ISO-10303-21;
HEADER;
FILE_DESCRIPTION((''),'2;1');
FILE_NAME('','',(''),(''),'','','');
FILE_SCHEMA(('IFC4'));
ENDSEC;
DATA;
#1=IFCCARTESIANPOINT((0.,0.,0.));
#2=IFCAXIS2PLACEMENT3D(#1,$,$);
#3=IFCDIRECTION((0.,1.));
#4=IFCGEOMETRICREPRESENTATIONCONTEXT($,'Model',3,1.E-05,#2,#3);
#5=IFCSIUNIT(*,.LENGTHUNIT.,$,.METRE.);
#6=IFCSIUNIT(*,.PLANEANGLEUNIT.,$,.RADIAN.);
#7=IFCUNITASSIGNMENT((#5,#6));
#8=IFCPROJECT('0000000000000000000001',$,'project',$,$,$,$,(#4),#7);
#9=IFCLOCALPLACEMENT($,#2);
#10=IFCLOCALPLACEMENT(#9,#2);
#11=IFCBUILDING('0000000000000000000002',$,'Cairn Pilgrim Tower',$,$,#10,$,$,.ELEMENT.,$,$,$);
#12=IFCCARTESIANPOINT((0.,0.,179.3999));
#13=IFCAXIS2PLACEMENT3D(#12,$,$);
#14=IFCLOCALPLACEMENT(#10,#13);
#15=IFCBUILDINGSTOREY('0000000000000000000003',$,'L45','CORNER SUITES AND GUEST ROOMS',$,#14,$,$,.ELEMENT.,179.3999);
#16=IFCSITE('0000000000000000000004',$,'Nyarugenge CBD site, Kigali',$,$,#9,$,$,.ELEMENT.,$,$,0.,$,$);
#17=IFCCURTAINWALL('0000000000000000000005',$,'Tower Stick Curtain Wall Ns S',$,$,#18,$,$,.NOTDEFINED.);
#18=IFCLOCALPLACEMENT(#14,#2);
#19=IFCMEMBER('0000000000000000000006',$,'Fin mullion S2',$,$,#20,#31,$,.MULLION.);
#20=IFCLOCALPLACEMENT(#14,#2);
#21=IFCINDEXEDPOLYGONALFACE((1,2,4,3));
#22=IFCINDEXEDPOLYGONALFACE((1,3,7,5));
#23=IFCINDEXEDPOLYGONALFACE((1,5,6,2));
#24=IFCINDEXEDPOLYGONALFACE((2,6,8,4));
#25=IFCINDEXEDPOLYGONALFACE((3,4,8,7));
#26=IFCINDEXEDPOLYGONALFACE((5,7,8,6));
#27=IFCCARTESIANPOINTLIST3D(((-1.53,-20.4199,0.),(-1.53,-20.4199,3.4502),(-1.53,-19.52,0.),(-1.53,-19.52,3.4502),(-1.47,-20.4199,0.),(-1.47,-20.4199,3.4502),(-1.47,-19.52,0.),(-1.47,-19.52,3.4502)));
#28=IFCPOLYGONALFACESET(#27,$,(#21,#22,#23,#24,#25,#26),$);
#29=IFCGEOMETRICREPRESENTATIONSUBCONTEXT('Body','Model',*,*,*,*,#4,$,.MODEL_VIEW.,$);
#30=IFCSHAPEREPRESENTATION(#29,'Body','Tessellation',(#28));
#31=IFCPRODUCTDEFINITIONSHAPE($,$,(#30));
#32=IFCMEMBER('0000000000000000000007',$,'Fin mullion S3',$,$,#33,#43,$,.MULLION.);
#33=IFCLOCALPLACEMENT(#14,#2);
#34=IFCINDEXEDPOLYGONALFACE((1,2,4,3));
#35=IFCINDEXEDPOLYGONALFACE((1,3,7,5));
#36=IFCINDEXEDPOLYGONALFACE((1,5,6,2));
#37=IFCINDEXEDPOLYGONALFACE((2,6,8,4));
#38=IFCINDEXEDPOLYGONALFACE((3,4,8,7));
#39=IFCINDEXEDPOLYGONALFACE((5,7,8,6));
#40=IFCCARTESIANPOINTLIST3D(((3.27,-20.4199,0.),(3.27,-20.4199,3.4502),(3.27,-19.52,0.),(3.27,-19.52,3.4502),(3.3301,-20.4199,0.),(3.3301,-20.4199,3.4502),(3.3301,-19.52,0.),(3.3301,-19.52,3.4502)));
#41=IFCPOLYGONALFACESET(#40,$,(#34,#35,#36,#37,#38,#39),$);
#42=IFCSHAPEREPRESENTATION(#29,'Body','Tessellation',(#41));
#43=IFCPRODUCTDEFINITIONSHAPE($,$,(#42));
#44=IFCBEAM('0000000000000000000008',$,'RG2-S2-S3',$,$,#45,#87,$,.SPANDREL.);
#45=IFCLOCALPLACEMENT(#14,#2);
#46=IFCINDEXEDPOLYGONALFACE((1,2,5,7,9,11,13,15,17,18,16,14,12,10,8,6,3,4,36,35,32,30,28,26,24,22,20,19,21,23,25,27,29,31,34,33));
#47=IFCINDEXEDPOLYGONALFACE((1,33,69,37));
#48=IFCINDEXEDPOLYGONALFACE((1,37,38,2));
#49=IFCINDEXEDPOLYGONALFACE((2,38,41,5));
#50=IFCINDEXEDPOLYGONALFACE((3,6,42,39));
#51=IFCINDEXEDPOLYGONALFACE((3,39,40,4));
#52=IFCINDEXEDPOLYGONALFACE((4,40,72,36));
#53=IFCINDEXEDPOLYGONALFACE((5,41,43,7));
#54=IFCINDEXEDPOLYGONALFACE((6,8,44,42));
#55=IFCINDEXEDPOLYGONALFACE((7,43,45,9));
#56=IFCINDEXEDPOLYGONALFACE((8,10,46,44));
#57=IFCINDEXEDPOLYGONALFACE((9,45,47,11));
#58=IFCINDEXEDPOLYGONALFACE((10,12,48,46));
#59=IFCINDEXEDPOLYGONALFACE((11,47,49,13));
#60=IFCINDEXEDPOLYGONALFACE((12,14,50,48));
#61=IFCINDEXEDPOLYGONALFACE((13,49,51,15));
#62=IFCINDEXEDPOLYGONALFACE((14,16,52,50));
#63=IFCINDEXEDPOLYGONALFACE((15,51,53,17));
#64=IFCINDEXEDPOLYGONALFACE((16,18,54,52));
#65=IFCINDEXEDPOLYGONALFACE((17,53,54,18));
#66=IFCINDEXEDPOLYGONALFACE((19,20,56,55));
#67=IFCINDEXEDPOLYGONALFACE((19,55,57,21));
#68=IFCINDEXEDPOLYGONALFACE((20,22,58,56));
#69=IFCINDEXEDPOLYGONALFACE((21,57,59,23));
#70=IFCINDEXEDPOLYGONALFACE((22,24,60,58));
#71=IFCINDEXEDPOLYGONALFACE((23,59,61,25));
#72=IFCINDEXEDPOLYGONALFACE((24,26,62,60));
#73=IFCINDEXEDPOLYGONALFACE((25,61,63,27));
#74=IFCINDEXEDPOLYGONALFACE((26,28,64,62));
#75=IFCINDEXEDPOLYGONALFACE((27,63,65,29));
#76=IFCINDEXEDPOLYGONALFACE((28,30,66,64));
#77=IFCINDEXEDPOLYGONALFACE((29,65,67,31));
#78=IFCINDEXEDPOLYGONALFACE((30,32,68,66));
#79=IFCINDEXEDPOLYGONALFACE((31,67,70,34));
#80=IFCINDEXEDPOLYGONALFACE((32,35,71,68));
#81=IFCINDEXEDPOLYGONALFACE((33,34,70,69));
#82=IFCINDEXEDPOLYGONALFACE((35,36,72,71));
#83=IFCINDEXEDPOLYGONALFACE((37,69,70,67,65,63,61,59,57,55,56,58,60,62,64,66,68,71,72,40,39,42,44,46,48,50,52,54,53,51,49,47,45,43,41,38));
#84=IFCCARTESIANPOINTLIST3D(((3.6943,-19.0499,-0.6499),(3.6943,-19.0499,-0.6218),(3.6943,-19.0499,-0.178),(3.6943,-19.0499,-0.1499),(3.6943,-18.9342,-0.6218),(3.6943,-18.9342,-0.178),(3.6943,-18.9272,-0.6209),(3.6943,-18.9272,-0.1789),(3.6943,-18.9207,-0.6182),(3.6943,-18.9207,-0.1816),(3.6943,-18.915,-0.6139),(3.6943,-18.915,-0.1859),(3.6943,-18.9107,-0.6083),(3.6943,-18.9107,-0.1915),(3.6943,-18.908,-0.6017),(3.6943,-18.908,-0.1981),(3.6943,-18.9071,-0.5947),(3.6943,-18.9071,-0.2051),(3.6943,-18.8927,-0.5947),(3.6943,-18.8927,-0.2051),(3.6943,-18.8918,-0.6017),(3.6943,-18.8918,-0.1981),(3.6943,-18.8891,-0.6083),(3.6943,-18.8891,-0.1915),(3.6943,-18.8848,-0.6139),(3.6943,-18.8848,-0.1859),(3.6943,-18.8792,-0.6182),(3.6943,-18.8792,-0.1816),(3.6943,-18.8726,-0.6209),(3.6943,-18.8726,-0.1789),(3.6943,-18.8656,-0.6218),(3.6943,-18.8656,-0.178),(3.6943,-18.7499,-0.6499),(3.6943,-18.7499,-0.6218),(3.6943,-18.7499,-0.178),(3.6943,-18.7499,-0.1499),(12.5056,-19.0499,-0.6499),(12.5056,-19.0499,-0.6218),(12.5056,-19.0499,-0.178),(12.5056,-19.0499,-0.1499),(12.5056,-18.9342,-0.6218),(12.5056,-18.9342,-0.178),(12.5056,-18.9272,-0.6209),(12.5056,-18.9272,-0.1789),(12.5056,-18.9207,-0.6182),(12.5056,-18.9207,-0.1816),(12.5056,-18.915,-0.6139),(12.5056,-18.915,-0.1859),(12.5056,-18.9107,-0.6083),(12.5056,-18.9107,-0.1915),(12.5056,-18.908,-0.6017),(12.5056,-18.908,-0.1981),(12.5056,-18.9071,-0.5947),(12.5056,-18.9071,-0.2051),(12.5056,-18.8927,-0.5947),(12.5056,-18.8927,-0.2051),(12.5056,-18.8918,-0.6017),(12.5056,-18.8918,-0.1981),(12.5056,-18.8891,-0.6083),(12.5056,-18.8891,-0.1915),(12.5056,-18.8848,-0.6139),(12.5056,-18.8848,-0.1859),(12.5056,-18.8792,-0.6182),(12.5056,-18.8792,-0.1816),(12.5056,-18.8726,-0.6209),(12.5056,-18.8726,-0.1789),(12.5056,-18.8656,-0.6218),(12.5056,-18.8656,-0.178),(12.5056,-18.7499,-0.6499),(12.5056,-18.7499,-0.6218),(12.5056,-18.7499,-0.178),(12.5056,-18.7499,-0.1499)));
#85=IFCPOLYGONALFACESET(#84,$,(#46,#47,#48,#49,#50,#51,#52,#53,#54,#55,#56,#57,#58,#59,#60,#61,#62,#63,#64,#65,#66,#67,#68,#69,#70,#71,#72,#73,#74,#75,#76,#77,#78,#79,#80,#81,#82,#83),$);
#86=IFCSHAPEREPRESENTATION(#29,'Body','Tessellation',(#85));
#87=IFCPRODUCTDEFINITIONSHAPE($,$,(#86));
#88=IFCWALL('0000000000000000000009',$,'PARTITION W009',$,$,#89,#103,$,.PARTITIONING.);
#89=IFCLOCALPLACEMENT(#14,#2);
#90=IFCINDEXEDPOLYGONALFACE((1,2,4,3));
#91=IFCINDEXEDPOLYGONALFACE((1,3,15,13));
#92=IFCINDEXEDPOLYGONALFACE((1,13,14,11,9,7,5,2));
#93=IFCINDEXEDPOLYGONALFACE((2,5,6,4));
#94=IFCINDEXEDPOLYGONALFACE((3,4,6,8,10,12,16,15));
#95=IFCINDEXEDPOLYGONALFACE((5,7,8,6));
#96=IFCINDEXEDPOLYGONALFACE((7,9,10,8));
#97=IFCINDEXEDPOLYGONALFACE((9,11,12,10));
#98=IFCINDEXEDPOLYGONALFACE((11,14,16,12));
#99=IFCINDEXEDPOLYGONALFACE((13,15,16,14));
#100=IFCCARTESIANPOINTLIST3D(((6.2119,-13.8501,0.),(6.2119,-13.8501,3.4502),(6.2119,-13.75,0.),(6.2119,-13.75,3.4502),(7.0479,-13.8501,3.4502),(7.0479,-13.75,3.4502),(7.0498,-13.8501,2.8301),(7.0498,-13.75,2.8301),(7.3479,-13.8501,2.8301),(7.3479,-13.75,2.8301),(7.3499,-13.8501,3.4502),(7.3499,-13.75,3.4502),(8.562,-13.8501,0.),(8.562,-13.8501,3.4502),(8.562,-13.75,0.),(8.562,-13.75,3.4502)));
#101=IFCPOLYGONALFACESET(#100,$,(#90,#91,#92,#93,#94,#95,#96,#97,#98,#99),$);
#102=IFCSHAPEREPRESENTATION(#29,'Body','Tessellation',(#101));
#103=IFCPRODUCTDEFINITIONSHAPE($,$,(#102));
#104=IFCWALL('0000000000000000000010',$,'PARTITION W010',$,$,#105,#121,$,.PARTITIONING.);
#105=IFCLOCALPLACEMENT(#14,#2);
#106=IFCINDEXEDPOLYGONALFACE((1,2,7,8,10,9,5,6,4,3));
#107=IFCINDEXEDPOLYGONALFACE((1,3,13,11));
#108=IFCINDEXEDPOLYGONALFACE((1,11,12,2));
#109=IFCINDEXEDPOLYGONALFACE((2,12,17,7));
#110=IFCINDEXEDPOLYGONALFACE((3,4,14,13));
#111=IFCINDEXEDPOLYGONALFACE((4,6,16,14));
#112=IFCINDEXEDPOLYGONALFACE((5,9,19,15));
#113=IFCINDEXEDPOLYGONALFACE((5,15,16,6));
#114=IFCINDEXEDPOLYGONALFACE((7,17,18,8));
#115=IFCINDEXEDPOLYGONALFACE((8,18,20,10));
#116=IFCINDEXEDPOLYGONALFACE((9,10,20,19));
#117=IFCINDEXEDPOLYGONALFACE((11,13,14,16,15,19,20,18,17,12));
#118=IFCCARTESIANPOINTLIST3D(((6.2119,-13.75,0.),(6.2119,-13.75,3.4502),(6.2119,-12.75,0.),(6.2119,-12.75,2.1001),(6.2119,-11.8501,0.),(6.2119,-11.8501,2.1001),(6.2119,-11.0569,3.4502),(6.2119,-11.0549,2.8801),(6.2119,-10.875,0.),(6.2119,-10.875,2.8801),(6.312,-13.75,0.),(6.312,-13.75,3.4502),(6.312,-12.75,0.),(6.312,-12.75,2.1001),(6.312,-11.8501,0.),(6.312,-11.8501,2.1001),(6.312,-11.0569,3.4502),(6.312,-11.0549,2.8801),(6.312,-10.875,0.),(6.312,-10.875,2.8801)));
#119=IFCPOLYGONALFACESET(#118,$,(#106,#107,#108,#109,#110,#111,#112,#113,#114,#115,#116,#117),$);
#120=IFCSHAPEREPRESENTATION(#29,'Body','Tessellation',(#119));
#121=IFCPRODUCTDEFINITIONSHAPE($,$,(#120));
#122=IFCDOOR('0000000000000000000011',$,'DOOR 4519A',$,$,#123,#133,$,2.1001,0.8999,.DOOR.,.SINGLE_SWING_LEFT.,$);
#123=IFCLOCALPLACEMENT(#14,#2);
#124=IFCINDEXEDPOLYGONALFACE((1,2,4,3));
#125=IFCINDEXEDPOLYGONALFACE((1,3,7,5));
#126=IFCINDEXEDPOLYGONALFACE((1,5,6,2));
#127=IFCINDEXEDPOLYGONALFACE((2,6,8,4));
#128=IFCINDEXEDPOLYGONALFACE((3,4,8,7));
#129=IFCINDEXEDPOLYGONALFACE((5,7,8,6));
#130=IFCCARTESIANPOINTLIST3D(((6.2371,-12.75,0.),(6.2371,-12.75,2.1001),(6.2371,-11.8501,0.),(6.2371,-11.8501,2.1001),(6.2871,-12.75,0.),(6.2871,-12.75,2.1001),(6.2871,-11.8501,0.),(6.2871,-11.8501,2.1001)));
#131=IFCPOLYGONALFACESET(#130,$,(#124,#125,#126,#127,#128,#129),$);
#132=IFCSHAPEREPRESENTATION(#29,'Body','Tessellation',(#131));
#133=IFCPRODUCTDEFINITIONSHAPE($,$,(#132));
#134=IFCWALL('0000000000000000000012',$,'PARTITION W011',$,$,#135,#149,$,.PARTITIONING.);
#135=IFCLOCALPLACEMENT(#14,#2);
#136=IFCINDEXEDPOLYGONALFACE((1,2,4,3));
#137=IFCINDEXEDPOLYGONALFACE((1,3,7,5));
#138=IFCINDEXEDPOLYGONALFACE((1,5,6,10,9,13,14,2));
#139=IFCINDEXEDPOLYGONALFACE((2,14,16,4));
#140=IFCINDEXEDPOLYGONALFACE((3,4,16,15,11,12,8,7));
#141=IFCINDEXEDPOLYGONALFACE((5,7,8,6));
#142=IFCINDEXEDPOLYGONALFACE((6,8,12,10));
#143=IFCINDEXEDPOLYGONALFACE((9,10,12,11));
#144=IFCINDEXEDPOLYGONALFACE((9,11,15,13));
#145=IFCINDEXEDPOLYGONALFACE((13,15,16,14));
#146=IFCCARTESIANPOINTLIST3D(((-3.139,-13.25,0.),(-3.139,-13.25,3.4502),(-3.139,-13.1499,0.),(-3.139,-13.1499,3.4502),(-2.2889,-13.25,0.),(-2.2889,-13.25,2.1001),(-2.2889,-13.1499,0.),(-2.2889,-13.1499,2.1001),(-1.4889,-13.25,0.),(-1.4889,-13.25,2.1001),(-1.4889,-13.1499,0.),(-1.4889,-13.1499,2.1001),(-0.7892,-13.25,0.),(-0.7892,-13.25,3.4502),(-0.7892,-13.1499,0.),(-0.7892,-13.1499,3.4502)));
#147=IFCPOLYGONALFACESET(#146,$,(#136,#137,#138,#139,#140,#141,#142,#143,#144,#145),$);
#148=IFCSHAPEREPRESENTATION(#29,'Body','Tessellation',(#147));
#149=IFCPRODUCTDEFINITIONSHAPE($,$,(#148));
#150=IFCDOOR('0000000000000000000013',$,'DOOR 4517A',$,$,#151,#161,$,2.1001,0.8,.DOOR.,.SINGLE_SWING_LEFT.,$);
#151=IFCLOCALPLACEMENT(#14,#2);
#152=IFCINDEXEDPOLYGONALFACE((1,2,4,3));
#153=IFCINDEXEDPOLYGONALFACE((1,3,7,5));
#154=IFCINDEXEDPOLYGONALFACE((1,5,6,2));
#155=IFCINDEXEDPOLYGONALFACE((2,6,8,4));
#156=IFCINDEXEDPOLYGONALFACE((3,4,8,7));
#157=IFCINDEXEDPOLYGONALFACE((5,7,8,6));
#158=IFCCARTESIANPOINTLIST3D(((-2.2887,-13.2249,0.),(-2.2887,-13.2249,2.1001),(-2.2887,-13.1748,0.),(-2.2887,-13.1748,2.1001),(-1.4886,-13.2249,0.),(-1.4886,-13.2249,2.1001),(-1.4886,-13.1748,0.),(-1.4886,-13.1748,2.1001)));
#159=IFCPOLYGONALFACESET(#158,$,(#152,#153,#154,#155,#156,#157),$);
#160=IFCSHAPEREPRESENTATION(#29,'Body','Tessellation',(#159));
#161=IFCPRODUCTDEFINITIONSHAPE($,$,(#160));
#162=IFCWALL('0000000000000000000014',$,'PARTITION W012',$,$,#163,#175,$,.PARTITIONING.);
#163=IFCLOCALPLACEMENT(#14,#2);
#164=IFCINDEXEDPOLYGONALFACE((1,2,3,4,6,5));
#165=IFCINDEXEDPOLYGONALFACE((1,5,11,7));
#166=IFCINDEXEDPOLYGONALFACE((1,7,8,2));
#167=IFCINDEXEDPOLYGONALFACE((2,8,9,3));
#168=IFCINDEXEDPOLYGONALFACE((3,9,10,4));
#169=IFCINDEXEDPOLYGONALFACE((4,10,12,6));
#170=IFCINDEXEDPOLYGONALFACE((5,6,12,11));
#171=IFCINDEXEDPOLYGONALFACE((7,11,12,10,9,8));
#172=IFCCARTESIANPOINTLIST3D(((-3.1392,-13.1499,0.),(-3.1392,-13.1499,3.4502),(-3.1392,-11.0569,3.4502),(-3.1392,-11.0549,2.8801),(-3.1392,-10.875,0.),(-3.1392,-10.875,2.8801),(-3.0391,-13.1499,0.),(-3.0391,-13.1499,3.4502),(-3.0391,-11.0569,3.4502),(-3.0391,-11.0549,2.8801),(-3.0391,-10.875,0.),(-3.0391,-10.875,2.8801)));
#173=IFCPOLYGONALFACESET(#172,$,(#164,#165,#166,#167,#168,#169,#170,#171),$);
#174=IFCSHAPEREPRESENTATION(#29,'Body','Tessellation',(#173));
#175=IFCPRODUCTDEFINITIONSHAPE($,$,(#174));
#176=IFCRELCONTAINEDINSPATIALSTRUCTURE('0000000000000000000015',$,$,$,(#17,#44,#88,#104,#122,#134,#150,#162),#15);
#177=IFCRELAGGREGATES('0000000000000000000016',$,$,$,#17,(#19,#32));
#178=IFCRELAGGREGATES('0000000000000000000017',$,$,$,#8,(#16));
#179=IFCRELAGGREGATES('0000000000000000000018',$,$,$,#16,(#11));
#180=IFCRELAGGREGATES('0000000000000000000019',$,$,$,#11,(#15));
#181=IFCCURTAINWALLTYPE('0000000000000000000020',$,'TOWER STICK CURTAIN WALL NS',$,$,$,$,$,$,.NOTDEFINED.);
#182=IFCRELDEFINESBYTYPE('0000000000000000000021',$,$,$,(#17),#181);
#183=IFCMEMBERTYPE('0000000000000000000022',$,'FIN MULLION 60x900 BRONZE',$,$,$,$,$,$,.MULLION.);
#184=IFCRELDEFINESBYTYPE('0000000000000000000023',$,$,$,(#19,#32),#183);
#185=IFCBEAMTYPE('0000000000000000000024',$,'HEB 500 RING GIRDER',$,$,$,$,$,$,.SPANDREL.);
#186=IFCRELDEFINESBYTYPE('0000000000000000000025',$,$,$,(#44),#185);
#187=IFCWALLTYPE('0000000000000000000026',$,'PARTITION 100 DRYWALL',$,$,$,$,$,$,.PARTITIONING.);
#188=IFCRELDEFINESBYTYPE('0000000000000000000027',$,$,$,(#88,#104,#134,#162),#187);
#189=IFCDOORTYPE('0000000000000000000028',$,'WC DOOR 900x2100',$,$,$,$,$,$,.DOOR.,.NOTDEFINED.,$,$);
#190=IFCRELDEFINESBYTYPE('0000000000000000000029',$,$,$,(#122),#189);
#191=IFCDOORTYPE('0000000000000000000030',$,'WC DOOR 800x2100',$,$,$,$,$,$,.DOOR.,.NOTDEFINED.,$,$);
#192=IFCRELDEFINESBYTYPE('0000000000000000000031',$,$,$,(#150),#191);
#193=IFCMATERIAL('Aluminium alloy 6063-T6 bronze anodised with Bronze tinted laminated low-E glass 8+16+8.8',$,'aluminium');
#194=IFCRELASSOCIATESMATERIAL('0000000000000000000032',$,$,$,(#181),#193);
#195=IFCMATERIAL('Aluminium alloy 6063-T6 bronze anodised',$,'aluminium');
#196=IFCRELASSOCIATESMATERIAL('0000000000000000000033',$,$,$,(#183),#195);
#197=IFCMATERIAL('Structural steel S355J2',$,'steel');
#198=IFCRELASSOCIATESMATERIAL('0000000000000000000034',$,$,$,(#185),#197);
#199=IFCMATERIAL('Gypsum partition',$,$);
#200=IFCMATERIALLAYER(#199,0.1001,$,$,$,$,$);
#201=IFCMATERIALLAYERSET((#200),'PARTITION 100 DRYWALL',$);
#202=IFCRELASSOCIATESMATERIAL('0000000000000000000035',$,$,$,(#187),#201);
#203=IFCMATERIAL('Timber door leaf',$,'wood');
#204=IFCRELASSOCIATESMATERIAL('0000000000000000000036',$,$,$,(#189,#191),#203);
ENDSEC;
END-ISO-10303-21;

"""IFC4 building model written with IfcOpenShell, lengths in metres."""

from ifc_helpers import new_model, si_unit, direction, frame, frame_2d, origin, origin_2d, place, context, subcontext, project, spatial, polyline, rectangle, i_section, outline, extrude, material, layer, layer_set, material_profile, profile_set, type_object, element, fill, aggregate, save


model = new_model("IFC4")

# Units and contexts
model_context = context("Model", 3, precision=1e-05, world=origin(), true_north=direction((0.0, 1.0)))
body_context = subcontext(model_context, "Body", "Model", "MODEL_VIEW")
ifc_project = project(units=[si_unit("LENGTHUNIT", "METRE"), si_unit("PLANEANGLEUNIT", "RADIAN")], contexts=[model_context])

# Site, building, storey
site_placement = place(None, origin())
site = spatial("IfcSite", under=ifc_project, at=site_placement, Name="Nyarugenge CBD site, Kigali", CompositionType="ELEMENT", RefElevation=0.0)
building_placement = place(site_placement, origin())
building = spatial("IfcBuilding", under=site, at=building_placement, Name="Cairn Pilgrim Tower", CompositionType="ELEMENT")
storey_placement = place(building_placement, frame((0.0, 0.0, 179.3999)))
storey = spatial("IfcBuildingStorey", under=building, at=storey_placement, Name="L45", Description="CORNER SUITES AND GUEST ROOMS", CompositionType="ELEMENT", Elevation=179.3999)

# Curtain wall, members
ifc_material_1 = material(Name="Aluminium alloy 6063-T6 bronze anodised with Bronze tinted laminated low-E glass 8+16+8.8", Category="aluminium")
curtain_wall_type = type_object("IfcCurtainWallType", Name="TOWER STICK CURTAIN WALL NS", PredefinedType="NOTDEFINED", material=ifc_material_1)
curtain_wall_placement = place(storey_placement, origin())
curtain_wall = element("IfcCurtainWall", 1, at=curtain_wall_placement, inside=storey, type_object=curtain_wall_type, Name="Tower Stick Curtain Wall Ns S", PredefinedType="NOTDEFINED")
ifc_material_2 = material(Name="Aluminium alloy 6063-T6 bronze anodised", Category="aluminium")
ifc_material_profile_1 = material_profile(ifc_material_2, rectangle(XDim=0.8999, YDim=0.0601, at=origin_2d()), Name="FIN MULLION 60x900 BRONZE")
ifc_profile_set_1 = profile_set([ifc_material_profile_1], Name="Aluminium alloy 6063-T6 bronze anodised")
member_type = type_object("IfcMemberType", Name="FIN MULLION 60x900 BRONZE", PredefinedType="MULLION", material=ifc_profile_set_1)
member_1_placement = place(storey_placement, frame((-1.5, -19.97, 0.0), z_axis=(0.0, 0.0, 1.0), x_axis=(0.0, -1.0, 0.0)))
member_1 = element("IfcMember", 2, at=member_1_placement, type_object=member_type, Name="Fin mullion S2", PredefinedType="MULLION", context=body_context, shape_type="SweptSolid", body=[
    extrude(rectangle(XDim=0.8999, YDim=0.0601, at=origin_2d()), origin(), (0.0, 0.0, 1.0), 3.4502),
])
member_2_placement = place(storey_placement, frame((3.3, -19.97, 0.0), z_axis=(0.0, 0.0, 1.0), x_axis=(0.0, -1.0, 0.0)))
member_2 = element("IfcMember", 3, at=member_2_placement, type_object=member_type, Name="Fin mullion S3", PredefinedType="MULLION", context=body_context, shape_type="SweptSolid", body=[
    extrude(rectangle(XDim=0.8999, YDim=0.0601, at=origin_2d()), origin(), (0.0, 0.0, 1.0), 3.4502),
])
aggregate(curtain_wall, [member_1, member_2])

# Beam
ifc_material_3 = material(Name="Structural steel S355J2", Category="steel")
ifc_material_profile_2 = material_profile(ifc_material_3, i_section(OverallWidth=0.3, OverallDepth=0.5, WebThickness=0.0144, FlangeThickness=0.0281, FilletRadius=0.0271, at=origin_2d()), Name="HEB 500")
ifc_profile_set_2 = profile_set([ifc_material_profile_2], Name="Structural steel S355J2")
beam_type = type_object("IfcBeamType", Name="HEB 500 RING GIRDER", PredefinedType="SPANDREL", material=ifc_profile_set_2)
beam_placement = place(storey_placement, frame((3.6943, -18.8999, -0.3999), z_axis=(1.0, 0.0, 0.0), x_axis=(0.0, 1.0, 0.0)))
element("IfcBeam", 4, at=beam_placement, inside=storey, type_object=beam_type, Name="RG2-S2-S3", PredefinedType="SPANDREL", context=body_context, shape_type="SweptSolid", body=[
    extrude(i_section(OverallWidth=0.3, OverallDepth=0.5, WebThickness=0.0144, FlangeThickness=0.0281, FilletRadius=0.0271, at=origin_2d()), origin(), (0.0, 0.0, 1.0), 8.8113),
])

# Wall
ifc_material_4 = material(Name="Gypsum partition")
ifc_layer_1 = layer(ifc_material_4, 0.1001)
ifc_layer_set_1 = layer_set([ifc_layer_1], Name="PARTITION 100 DRYWALL")
wall_type_1 = type_object("IfcWallType", Name="PARTITION 100 DRYWALL", PredefinedType="PARTITIONING", material=ifc_layer_set_1)
wall_1_placement = place(storey_placement, frame((6.2119, -13.8, 0.0), z_axis=(0.0, 0.0, 1.0), x_axis=(1.0, 0.0, 0.0)))
element("IfcWall", 5, at=wall_1_placement, inside=storey, type_object=wall_type_1, Name="PARTITION W009", PredefinedType="PARTITIONING", context=body_context, shape_type="SweptSolid", body=[
    extrude(outline(polyline([(0.0, 0.0), (2.3501, 0.0), (2.3501, 3.4502), (1.1379, 3.4502), (1.136, 2.8301), (0.8379, 2.8301), (0.8359, 3.4502), (0.0, 3.4502), (0.0, 0.0)])), frame((0.0, 0.05, 0.0), z_axis=(0.0, -1.0, 0.0), x_axis=(1.0, 0.0, 0.0)), (0.0, 0.0, 1.0), 0.1001),
])

# Walls, openings, doors
wall_2_placement = place(storey_placement, frame((6.262, -13.75, 0.0), z_axis=(0.0, 0.0, 1.0), x_axis=(0.0, 1.0, 0.0)))
wall_2 = element("IfcWall", 6, at=wall_2_placement, inside=storey, type_object=wall_type_1, Name="PARTITION W010", PredefinedType="PARTITIONING", context=body_context, shape_type="SweptSolid", body=[
    extrude(outline(polyline([(0.0, 0.0), (2.875, 0.0), (2.875, 2.8801), (2.6951, 2.8801), (2.6931, 3.4502), (0.0, 3.4502), (0.0, 0.0)])), frame((0.0, 0.05, 0.0), z_axis=(0.0, -1.0, 0.0), x_axis=(1.0, 0.0, 0.0)), (0.0, 0.0, 1.0), 0.1001),
])
opening_1_placement = place(wall_2_placement, frame((1.0, 0.0, 0.0)))
opening_1 = element("IfcOpeningElement", 7, at=opening_1_placement, cuts=wall_2, PredefinedType="OPENING", context=body_context, shape_type="SweptSolid", body=[
    extrude(rectangle(XDim=0.8999, YDim=2.1001, at=frame_2d((0.45, 1.05))), frame((0.0, 0.0601, 0.0), z_axis=(0.0, -1.0, 0.0), x_axis=(1.0, 0.0, 0.0)), (0.0, 0.0, 1.0), 0.1201),
])
ifc_material_5 = material(Name="Timber door leaf", Category="wood")
door_type_1 = type_object("IfcDoorType", Name="WC DOOR 900x2100", OperationType="NOTDEFINED", PredefinedType="DOOR", material=ifc_material_5)
door_1_placement = place(opening_1_placement, origin())
door_1 = element("IfcDoor", 8, at=door_1_placement, inside=storey, type_object=door_type_1, Name="DOOR 4519A", OperationType="SINGLE_SWING_LEFT", OverallHeight=2.1001, OverallWidth=0.8999, PredefinedType="DOOR", context=body_context, shape_type="SweptSolid", body=[
    extrude(rectangle(XDim=0.8999, YDim=2.1001, at=frame_2d((0.45, 1.05))), frame((0.0, 0.0249, 0.0), z_axis=(0.0, -1.0, 0.0), x_axis=(1.0, 0.0, 0.0)), (0.0, 0.0, 1.0), 0.05),
])
fill(opening_1, door_1)
wall_3_placement = place(storey_placement, frame((-3.1389, -13.2, 0.0), z_axis=(0.0, 0.0, 1.0), x_axis=(1.0, 0.0, 0.0)))
wall_3 = element("IfcWall", 9, at=wall_3_placement, inside=storey, type_object=wall_type_1, Name="PARTITION W011", PredefinedType="PARTITIONING", context=body_context, shape_type="SweptSolid", body=[
    extrude(rectangle(XDim=2.3499, YDim=0.1001, at=frame_2d((1.1748, 0.0))), origin(), (0.0, 0.0, 1.0), 3.4502),
])
opening_2_placement = place(wall_3_placement, frame((0.8501, 0.0, 0.0)))
opening_2 = element("IfcOpeningElement", 10, at=opening_2_placement, cuts=wall_3, PredefinedType="OPENING", context=body_context, shape_type="SweptSolid", body=[
    extrude(rectangle(XDim=0.8, YDim=2.1001, at=frame_2d((0.3999, 1.05))), frame((0.0, 0.0601, 0.0), z_axis=(0.0, -1.0, 0.0), x_axis=(1.0, 0.0, 0.0)), (0.0, 0.0, 1.0), 0.1201),
])
door_type_2 = type_object("IfcDoorType", Name="WC DOOR 800x2100", OperationType="NOTDEFINED", PredefinedType="DOOR", material=ifc_material_5)
door_2_placement = place(opening_2_placement, frame((0.8, 0.0, 0.0), z_axis=(0.0, 0.0, 1.0), x_axis=(-1.0, 0.0, 0.0)))
door_2 = element("IfcDoor", 11, at=door_2_placement, inside=storey, type_object=door_type_2, Name="DOOR 4517A", OperationType="SINGLE_SWING_LEFT", OverallHeight=2.1001, OverallWidth=0.8, PredefinedType="DOOR", context=body_context, shape_type="SweptSolid", body=[
    extrude(rectangle(XDim=0.8, YDim=2.1001, at=frame_2d((0.3999, 1.05))), frame((0.0, 0.0249, 0.0), z_axis=(0.0, -1.0, 0.0), x_axis=(1.0, 0.0, 0.0)), (0.0, 0.0, 1.0), 0.05),
])
fill(opening_2, door_2)

# Wall
wall_4_placement = place(storey_placement, frame((-3.0891, -13.1499, 0.0), z_axis=(0.0, 0.0, 1.0), x_axis=(0.0, 1.0, 0.0)))
element("IfcWall", 12, at=wall_4_placement, inside=storey, type_object=wall_type_1, Name="PARTITION W012", PredefinedType="PARTITIONING", context=body_context, shape_type="SweptSolid", body=[
    extrude(outline(polyline([(0.0, 0.0), (2.2749, 0.0), (2.2749, 2.8801), (2.095, 2.8801), (2.093, 3.4502), (0.0, 3.4502), (0.0, 0.0)])), frame((0.0, 0.05, 0.0), z_axis=(0.0, -1.0, 0.0), x_axis=(1.0, 0.0, 0.0)), (0.0, 0.0, 1.0), 0.1001),
])

save(model, "model.ifc")
